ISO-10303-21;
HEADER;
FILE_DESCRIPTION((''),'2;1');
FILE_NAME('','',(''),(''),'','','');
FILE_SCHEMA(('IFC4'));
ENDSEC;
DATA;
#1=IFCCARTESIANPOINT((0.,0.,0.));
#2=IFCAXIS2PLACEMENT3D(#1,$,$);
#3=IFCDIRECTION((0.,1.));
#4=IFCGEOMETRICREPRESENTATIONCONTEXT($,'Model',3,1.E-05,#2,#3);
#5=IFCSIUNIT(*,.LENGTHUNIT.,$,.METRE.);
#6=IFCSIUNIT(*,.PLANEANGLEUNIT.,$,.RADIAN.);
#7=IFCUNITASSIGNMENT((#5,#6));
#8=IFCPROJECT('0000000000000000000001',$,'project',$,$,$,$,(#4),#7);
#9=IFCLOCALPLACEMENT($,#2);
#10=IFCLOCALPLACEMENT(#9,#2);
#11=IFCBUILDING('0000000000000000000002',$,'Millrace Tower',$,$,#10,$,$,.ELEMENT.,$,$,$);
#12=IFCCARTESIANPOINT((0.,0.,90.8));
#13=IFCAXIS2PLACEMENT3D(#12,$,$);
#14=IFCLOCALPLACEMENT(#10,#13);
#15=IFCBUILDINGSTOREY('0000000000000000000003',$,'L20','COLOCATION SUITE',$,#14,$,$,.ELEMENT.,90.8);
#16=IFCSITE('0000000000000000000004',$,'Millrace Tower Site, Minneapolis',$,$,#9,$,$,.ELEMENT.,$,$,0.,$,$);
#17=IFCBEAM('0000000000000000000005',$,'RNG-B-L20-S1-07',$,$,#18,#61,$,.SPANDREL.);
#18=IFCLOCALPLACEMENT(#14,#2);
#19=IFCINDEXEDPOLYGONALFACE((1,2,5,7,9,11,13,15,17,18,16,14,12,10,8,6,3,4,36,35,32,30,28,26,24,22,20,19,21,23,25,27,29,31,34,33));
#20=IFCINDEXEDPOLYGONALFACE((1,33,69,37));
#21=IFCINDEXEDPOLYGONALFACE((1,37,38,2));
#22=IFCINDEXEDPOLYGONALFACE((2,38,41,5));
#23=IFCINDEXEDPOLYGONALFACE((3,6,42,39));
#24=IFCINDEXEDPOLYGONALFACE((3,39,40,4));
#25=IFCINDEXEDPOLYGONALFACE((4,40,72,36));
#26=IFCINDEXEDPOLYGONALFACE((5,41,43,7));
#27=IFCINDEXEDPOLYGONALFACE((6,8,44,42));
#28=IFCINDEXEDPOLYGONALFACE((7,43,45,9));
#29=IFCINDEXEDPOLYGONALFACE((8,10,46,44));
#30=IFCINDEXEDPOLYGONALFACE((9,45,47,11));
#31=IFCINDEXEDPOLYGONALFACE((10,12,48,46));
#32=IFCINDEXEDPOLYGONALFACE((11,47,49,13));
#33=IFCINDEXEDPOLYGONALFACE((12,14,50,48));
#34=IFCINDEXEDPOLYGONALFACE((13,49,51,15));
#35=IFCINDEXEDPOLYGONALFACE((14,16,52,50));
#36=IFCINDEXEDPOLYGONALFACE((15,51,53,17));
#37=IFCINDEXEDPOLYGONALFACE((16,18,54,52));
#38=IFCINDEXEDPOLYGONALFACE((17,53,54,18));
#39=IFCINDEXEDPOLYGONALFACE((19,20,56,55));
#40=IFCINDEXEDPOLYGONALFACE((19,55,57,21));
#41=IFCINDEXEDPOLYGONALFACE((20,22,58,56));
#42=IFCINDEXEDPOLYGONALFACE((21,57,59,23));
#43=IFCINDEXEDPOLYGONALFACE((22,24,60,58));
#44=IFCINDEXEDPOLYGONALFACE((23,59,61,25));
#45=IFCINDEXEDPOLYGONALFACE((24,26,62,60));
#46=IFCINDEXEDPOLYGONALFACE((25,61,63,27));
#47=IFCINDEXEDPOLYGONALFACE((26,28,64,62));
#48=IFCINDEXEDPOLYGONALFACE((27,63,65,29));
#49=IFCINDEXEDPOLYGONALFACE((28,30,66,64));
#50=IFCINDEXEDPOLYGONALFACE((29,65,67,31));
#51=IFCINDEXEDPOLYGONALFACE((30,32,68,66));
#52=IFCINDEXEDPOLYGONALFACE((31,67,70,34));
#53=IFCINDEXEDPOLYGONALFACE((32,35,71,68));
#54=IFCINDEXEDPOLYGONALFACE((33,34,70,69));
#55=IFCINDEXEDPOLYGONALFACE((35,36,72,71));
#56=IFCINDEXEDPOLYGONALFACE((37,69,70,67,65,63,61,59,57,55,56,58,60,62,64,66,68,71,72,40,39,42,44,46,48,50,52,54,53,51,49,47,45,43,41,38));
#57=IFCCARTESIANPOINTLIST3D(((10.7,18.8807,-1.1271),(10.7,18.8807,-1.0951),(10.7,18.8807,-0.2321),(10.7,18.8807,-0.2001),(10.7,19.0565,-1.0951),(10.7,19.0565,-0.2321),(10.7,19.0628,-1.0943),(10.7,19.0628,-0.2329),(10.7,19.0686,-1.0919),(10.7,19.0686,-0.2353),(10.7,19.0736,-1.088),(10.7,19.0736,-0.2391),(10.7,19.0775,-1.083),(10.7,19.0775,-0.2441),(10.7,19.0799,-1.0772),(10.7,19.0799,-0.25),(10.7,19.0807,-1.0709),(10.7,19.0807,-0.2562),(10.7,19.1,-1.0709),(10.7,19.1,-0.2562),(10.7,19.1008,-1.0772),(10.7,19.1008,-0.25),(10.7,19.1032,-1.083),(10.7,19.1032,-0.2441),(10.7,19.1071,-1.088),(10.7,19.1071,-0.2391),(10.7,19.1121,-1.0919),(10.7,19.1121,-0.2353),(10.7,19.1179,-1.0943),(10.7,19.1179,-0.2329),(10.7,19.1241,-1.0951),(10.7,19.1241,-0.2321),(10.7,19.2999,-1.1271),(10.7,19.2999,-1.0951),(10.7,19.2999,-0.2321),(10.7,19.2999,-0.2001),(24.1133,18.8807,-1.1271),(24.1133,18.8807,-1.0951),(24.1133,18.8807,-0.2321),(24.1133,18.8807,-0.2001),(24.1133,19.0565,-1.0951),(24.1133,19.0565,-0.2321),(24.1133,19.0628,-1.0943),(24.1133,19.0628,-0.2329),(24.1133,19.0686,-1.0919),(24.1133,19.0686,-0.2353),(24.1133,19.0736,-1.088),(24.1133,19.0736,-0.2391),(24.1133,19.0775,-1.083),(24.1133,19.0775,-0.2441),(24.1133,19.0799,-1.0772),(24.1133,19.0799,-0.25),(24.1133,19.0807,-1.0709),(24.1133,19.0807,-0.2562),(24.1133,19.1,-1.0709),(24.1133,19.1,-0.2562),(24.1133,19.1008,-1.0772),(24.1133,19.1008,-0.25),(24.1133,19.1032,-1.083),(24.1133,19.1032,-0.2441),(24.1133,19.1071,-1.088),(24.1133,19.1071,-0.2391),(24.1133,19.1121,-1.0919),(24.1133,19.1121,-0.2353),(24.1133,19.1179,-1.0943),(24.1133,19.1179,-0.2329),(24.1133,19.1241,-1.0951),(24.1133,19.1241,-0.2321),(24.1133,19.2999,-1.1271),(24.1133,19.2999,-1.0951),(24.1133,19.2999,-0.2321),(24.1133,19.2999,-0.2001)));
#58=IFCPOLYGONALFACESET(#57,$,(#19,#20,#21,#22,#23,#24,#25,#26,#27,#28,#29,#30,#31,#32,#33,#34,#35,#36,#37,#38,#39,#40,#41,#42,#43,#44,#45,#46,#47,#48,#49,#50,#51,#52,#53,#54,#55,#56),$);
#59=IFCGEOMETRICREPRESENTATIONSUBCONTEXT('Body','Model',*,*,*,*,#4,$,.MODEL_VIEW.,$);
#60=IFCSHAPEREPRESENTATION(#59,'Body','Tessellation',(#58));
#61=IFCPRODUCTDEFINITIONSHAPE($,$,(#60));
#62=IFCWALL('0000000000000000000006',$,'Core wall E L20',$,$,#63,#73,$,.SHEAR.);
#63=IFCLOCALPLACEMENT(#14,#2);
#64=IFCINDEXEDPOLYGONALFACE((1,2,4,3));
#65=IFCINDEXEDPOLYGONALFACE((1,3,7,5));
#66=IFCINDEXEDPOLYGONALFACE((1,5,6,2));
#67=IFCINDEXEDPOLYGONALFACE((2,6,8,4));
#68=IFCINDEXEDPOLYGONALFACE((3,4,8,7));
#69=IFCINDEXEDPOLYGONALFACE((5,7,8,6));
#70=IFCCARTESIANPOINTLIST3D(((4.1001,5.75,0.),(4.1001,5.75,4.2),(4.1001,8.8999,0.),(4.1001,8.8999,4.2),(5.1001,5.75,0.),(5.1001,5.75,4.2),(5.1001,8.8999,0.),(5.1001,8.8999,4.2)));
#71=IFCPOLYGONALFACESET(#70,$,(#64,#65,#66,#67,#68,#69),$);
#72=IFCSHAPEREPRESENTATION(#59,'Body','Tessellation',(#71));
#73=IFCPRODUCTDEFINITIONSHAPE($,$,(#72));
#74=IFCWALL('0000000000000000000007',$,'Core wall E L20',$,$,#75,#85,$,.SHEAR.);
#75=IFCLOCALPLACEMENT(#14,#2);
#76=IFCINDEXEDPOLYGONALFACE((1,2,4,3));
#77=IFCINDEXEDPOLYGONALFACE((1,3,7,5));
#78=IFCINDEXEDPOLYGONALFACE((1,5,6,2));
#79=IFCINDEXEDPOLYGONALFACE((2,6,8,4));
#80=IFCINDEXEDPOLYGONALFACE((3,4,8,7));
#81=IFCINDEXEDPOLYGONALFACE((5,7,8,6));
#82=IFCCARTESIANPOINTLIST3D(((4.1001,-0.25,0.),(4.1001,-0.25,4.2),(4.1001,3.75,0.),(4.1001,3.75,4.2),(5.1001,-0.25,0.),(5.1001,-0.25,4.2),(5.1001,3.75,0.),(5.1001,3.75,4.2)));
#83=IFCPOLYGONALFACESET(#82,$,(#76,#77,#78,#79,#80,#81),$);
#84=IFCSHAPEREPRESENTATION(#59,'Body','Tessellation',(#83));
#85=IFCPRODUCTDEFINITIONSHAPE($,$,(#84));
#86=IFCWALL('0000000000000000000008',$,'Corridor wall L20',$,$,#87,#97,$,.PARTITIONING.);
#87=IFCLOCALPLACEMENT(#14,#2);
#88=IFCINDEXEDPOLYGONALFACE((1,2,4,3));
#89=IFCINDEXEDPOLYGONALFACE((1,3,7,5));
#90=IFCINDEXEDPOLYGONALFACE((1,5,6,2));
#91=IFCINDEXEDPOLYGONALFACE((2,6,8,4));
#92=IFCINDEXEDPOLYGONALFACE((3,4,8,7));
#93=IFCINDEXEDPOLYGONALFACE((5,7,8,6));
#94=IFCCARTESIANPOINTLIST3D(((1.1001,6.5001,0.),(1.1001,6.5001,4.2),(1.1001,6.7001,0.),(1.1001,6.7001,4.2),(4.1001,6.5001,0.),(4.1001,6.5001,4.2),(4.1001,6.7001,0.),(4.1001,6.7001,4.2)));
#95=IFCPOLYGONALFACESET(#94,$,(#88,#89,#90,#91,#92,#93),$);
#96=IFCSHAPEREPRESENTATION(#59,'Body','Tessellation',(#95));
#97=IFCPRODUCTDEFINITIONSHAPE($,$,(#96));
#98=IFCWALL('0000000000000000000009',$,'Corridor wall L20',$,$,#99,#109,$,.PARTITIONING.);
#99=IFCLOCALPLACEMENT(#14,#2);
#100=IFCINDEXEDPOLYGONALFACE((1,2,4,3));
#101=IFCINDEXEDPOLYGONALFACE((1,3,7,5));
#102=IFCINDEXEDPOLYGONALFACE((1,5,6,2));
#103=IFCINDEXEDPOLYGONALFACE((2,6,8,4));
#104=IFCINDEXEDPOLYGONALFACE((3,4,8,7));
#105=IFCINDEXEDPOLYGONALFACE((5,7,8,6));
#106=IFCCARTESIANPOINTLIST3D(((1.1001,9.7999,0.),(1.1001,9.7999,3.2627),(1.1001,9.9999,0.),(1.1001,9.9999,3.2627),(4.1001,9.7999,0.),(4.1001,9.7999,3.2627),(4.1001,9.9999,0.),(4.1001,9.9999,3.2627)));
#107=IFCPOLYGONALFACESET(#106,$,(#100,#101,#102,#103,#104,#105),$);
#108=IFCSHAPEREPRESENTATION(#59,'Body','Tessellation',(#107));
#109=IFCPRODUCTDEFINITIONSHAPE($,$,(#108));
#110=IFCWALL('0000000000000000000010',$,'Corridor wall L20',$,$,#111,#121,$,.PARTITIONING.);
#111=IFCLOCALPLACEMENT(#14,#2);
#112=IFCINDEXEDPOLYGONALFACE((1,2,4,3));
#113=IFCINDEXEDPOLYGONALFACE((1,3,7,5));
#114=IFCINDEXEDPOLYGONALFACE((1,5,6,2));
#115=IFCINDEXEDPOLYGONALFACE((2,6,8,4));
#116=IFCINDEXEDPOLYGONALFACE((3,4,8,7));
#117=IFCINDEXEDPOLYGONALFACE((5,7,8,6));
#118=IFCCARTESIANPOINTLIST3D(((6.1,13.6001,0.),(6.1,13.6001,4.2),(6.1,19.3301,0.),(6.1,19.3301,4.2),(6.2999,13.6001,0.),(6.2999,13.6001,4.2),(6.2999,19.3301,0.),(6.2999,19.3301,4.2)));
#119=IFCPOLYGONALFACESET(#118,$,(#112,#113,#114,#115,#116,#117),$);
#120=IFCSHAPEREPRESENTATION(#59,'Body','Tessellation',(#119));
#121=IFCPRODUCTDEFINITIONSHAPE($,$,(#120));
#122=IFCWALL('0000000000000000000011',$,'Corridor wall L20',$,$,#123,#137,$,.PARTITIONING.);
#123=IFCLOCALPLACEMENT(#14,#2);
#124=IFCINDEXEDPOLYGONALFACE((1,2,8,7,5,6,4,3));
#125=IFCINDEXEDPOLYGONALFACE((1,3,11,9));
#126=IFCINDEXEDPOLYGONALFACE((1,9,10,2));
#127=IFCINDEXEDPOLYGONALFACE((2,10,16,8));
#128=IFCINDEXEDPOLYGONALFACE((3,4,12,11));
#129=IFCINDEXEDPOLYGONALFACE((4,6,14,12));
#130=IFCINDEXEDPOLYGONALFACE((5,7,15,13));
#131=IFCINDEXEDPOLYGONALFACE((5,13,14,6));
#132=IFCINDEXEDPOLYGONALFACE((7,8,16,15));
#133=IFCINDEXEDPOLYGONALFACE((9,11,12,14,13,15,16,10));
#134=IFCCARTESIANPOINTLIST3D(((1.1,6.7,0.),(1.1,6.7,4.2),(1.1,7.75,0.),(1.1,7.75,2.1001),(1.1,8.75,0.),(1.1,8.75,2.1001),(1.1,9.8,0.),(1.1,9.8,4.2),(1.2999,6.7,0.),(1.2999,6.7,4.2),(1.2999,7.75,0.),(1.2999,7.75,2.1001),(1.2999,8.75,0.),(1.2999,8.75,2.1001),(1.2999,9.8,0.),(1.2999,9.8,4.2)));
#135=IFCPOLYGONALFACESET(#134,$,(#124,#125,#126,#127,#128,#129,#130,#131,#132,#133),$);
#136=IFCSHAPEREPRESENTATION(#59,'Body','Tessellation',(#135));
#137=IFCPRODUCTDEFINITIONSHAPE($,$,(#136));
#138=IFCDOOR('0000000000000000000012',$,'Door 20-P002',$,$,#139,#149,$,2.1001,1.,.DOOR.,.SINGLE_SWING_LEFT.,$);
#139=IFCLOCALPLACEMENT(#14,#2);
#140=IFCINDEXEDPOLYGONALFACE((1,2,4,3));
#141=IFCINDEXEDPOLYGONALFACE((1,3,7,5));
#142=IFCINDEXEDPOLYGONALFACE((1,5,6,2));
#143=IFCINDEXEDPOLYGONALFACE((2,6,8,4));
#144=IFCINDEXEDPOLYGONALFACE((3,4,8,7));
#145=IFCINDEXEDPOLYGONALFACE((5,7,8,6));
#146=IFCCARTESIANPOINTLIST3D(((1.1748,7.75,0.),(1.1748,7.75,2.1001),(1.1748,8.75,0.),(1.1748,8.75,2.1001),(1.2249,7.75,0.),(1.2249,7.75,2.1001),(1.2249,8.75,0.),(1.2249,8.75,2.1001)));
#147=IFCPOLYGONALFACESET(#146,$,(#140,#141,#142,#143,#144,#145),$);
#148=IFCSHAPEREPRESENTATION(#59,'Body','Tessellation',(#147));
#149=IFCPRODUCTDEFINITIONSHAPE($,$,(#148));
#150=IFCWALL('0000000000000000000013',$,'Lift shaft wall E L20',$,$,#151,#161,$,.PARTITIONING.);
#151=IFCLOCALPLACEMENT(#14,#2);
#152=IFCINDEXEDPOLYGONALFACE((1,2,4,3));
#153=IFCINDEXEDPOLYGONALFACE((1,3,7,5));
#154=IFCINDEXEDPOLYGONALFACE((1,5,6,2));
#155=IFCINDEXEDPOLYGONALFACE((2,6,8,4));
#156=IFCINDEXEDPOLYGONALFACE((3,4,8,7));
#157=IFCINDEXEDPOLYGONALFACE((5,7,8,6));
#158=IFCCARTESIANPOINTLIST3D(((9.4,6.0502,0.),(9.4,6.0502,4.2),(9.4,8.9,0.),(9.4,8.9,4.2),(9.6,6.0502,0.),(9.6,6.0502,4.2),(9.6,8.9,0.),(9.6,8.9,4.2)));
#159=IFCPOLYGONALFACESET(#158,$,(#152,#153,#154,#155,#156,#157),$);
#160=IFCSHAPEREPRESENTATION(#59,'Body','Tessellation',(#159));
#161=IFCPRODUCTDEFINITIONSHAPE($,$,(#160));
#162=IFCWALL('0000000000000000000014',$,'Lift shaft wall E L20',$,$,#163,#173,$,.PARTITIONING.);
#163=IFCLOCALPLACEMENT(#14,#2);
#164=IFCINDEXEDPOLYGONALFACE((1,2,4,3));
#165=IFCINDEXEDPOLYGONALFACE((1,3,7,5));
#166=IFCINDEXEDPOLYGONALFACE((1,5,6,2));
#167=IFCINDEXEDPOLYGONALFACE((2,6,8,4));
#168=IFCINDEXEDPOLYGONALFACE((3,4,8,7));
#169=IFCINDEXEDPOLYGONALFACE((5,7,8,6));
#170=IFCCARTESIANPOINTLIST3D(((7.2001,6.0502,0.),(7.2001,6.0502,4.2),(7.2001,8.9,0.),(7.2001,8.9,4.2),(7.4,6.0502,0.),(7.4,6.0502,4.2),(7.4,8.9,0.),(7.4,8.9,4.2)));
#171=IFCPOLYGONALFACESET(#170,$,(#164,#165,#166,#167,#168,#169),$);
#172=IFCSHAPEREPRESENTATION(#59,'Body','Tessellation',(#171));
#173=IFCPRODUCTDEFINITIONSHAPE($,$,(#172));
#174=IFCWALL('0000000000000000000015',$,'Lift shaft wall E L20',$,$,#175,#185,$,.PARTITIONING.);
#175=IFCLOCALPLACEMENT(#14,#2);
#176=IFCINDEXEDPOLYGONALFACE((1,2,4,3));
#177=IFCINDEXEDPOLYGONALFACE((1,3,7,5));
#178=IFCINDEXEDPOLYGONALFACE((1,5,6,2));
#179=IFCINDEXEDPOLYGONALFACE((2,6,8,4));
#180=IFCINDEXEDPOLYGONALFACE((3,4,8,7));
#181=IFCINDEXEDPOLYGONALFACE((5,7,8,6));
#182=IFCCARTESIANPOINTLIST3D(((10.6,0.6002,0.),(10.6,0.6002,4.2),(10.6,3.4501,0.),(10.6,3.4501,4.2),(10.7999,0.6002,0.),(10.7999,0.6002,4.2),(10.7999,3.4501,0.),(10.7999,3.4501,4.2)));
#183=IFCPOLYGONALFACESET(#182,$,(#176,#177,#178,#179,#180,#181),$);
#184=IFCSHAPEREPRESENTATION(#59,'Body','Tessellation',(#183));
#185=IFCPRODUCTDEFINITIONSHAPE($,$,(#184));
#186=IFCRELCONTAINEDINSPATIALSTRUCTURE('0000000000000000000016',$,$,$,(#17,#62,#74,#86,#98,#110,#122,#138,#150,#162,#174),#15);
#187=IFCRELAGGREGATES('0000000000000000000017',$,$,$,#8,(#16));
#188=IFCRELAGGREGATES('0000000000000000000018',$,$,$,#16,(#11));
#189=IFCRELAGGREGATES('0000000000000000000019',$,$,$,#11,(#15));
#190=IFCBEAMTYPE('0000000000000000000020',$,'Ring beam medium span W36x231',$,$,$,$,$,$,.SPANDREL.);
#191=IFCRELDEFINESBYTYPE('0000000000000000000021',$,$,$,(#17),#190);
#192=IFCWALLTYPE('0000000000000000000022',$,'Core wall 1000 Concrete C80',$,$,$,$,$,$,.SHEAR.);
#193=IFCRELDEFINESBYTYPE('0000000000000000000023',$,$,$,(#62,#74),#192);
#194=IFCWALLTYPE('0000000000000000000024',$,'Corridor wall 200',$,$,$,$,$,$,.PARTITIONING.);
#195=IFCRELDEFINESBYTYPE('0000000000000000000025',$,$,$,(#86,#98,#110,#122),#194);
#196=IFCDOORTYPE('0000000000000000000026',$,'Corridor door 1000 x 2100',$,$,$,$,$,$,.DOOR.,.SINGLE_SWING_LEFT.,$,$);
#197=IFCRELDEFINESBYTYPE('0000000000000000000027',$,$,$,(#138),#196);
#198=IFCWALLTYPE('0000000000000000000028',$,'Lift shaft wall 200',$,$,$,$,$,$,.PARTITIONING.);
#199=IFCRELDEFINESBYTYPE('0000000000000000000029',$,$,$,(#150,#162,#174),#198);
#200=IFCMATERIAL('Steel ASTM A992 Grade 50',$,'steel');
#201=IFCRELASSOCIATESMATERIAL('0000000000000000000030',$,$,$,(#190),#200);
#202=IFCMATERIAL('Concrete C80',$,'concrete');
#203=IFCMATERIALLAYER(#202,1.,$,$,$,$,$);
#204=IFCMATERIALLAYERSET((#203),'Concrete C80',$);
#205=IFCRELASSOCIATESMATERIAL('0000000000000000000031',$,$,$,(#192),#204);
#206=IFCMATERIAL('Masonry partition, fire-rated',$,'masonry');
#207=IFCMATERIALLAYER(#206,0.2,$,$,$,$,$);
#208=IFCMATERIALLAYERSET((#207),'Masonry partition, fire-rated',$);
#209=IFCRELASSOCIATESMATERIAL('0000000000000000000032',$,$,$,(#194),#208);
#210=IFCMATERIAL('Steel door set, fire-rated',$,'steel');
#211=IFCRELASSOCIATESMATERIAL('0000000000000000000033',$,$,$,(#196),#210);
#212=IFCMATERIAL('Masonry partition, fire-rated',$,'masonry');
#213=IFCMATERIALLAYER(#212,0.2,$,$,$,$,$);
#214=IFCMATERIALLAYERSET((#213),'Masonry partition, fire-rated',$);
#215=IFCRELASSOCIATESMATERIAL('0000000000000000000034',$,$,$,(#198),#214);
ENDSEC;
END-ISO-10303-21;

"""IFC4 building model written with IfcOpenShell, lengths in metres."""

from ifc_helpers import new_model, si_unit, direction, frame, frame_2d, origin, origin_2d, place, context, subcontext, project, spatial, rectangle, i_section, extrude, material, layer, layer_set, material_profile, profile_set, type_object, element, fill, save


model = new_model("IFC4")

# Units and contexts
model_context = context("Model", 3, precision=1e-05, world=origin(), true_north=direction((0.0, 1.0)))
body_context = subcontext(model_context, "Body", "Model", "MODEL_VIEW")
ifc_project = project(units=[si_unit("LENGTHUNIT", "METRE"), si_unit("PLANEANGLEUNIT", "RADIAN")], contexts=[model_context])

# Site, building, storey
site_placement = place(None, origin())
site = spatial("IfcSite", under=ifc_project, at=site_placement, Name="Millrace Tower Site, Minneapolis", CompositionType="ELEMENT", RefElevation=0.0)
building_placement = place(site_placement, origin())
building = spatial("IfcBuilding", under=site, at=building_placement, Name="Millrace Tower", CompositionType="ELEMENT")
storey_placement = place(building_placement, frame((0.0, 0.0, 90.8)))
storey = spatial("IfcBuildingStorey", under=building, at=storey_placement, Name="L20", Description="COLOCATION SUITE", CompositionType="ELEMENT", Elevation=90.8)

# Beam
ifc_material_1 = material(Name="Steel ASTM A992 Grade 50", Category="steel")
ifc_material_profile_1 = material_profile(ifc_material_1, i_section(OverallWidth=0.4192, OverallDepth=0.927, WebThickness=0.0193, FlangeThickness=0.032, FilletRadius=0.0242, at=origin_2d()))
ifc_profile_set_1 = profile_set([ifc_material_profile_1], Name="Steel ASTM A992 Grade 50")
beam_type_1 = type_object("IfcBeamType", Name="Ring beam medium span W36x231", PredefinedType="SPANDREL", material=ifc_profile_set_1)
beam_1_placement = place(storey_placement, frame((10.7, 19.0903, -0.6636), z_axis=(1.0, 0.0, 0.0), x_axis=(0.0, 1.0, 0.0)))
element("IfcBeam", 1, at=beam_1_placement, inside=storey, type_object=beam_type_1, Name="RNG-B-L20-S1-07", PredefinedType="SPANDREL", context=body_context, shape_type="SweptSolid", body=[
    extrude(i_section(OverallWidth=0.4192, OverallDepth=0.927, WebThickness=0.0193, FlangeThickness=0.032, FilletRadius=0.0242, at=origin_2d()), origin(), (0.0, 0.0, 1.0), 13.4133),
])

# Walls
ifc_material_2 = material(Name="Concrete C80", Category="concrete")
ifc_layer_1 = layer(ifc_material_2, 1.0)
ifc_layer_set_1 = layer_set([ifc_layer_1], Name="Concrete C80")
wall_type_1 = type_object("IfcWallType", Name="Core wall 1000 Concrete C80", PredefinedType="SHEAR", material=ifc_layer_set_1)
wall_1_placement = place(storey_placement, frame((4.6001, 8.8999, 0.0), z_axis=(0.0, 0.0, 1.0), x_axis=(0.0, -1.0, 0.0)))
element("IfcWall", 2, at=wall_1_placement, inside=storey, type_object=wall_type_1, Name="Core wall E L20", PredefinedType="SHEAR", context=body_context, shape_type="SweptSolid", body=[
    extrude(rectangle(XDim=3.1499, YDim=1.0, at=frame_2d((1.575, 0.0))), origin(), (0.0, 0.0, 1.0), 4.2),
])
wall_2_placement = place(storey_placement, frame((4.6001, 3.75, 0.0), z_axis=(0.0, 0.0, 1.0), x_axis=(0.0, -1.0, 0.0)))
element("IfcWall", 3, at=wall_2_placement, inside=storey, type_object=wall_type_1, Name="Core wall E L20", PredefinedType="SHEAR", context=body_context, shape_type="SweptSolid", body=[
    extrude(rectangle(XDim=4.0, YDim=1.0, at=frame_2d((2.0, 0.0))), origin(), (0.0, 0.0, 1.0), 4.2),
])
ifc_material_3 = material(Name="Masonry partition, fire-rated", Category="masonry")
ifc_layer_2 = layer(ifc_material_3, 0.2)
ifc_layer_set_2 = layer_set([ifc_layer_2], Name="Masonry partition, fire-rated")
wall_type_2 = type_object("IfcWallType", Name="Corridor wall 200", PredefinedType="PARTITIONING", material=ifc_layer_set_2)
wall_3_placement = place(storey_placement, frame((1.1001, 6.6001, 0.0), z_axis=(0.0, 0.0, 1.0), x_axis=(1.0, 0.0, 0.0)))
element("IfcWall", 4, at=wall_3_placement, inside=storey, type_object=wall_type_2, Name="Corridor wall L20", PredefinedType="PARTITIONING", context=body_context, shape_type="SweptSolid", body=[
    extrude(rectangle(XDim=3.0, YDim=0.2, at=frame_2d((1.5, 0.0))), origin(), (0.0, 0.0, 1.0), 4.2),
])
wall_4_placement = place(storey_placement, frame((1.1001, 9.8999, 0.0), z_axis=(0.0, 0.0, 1.0), x_axis=(1.0, 0.0, 0.0)))
element("IfcWall", 5, at=wall_4_placement, inside=storey, type_object=wall_type_2, Name="Corridor wall L20", PredefinedType="PARTITIONING", context=body_context, shape_type="SweptSolid", body=[
    extrude(rectangle(XDim=3.0, YDim=0.2, at=frame_2d((1.5, 0.0))), origin(), (0.0, 0.0, 1.0), 3.2627),
])
wall_5_placement = place(storey_placement, frame((6.2, 13.6001, 0.0), z_axis=(0.0, 0.0, 1.0), x_axis=(0.0, 1.0, 0.0)))
element("IfcWall", 6, at=wall_5_placement, inside=storey, type_object=wall_type_2, Name="Corridor wall L20", PredefinedType="PARTITIONING", context=body_context, shape_type="SweptSolid", body=[
    extrude(rectangle(XDim=5.73, YDim=0.2, at=frame_2d((2.865, 0.0))), origin(), (0.0, 0.0, 1.0), 4.2),
])

# Wall, opening, door
wall_6_placement = place(storey_placement, frame((1.2, 6.7, 0.0), z_axis=(0.0, 0.0, 1.0), x_axis=(0.0, 1.0, 0.0)))
wall_6 = element("IfcWall", 7, at=wall_6_placement, inside=storey, type_object=wall_type_2, Name="Corridor wall L20", PredefinedType="PARTITIONING", context=body_context, shape_type="SweptSolid", body=[
    extrude(rectangle(XDim=3.1001, YDim=0.2, at=frame_2d((1.55, 0.0))), origin(), (0.0, 0.0, 1.0), 4.2),
])
opening_1_placement = place(wall_6_placement, frame((1.05, 0.0, 0.0)))
opening_1 = element("IfcOpeningElement", 8, at=opening_1_placement, cuts=wall_6, PredefinedType="OPENING", context=body_context, shape_type="SweptSolid", body=[
    extrude(rectangle(XDim=1.0, YDim=2.1001, at=frame_2d((0.5, 1.05))), frame((0.0, 0.1099, 0.0), z_axis=(0.0, -1.0, 0.0), x_axis=(1.0, 0.0, 0.0)), (0.0, 0.0, 1.0), 0.22),
])
ifc_material_4 = material(Name="Steel door set, fire-rated", Category="steel")
door_type_1 = type_object("IfcDoorType", Name="Corridor door 1000 x 2100", OperationType="SINGLE_SWING_LEFT", PredefinedType="DOOR", material=ifc_material_4)
door_1_placement = place(opening_1_placement, frame((1.0, 0.0, 0.0), z_axis=(0.0, 0.0, 1.0), x_axis=(-1.0, 0.0, 0.0)))
door_1 = element("IfcDoor", 9, at=door_1_placement, inside=storey, type_object=door_type_1, Name="Door 20-P002", OperationType="SINGLE_SWING_LEFT", OverallHeight=2.1001, OverallWidth=1.0, PredefinedType="DOOR", context=body_context, shape_type="SweptSolid", body=[
    extrude(rectangle(XDim=1.0, YDim=2.1001, at=frame_2d((0.5, 1.05))), frame((0.0, 0.0249, 0.0), z_axis=(0.0, -1.0, 0.0), x_axis=(1.0, 0.0, 0.0)), (0.0, 0.0, 1.0), 0.05),
])
fill(opening_1, door_1)

# Walls
ifc_material_5 = material(Name="Masonry partition, fire-rated", Category="masonry")
ifc_layer_3 = layer(ifc_material_5, 0.2)
ifc_layer_set_3 = layer_set([ifc_layer_3], Name="Masonry partition, fire-rated")
wall_type_3 = type_object("IfcWallType", Name="Lift shaft wall 200", PredefinedType="PARTITIONING", material=ifc_layer_set_3)
for number, where, z_axis, x_axis, name in (
    (10, (9.5, 8.8999, 0.0), (0.0, 0.0, 1.0), (0.0, -1.0, 0.0), "Lift shaft wall E L20"),
    (11, (7.3, 8.8999, 0.0), (0.0, 0.0, 1.0), (0.0, -1.0, 0.0), "Lift shaft wall E L20"),
    (12, (10.7, 3.45, 0.0), (0.0, 0.0, 1.0), (0.0, -1.0, 0.0), "Lift shaft wall E L20"),
):
    element("IfcWall", number, at=place(storey_placement, frame(where, z_axis=z_axis, x_axis=x_axis)), inside=storey, type_object=wall_type_3, Name=name, PredefinedType="PARTITIONING", context=body_context, shape_type="SweptSolid", body=[
        extrude(rectangle(XDim=2.8499, YDim=0.2, at=frame_2d((1.4248, 0.0))), origin(), (0.0, 0.0, 1.0), 4.2),
    ])

save(model, "model.ifc")
